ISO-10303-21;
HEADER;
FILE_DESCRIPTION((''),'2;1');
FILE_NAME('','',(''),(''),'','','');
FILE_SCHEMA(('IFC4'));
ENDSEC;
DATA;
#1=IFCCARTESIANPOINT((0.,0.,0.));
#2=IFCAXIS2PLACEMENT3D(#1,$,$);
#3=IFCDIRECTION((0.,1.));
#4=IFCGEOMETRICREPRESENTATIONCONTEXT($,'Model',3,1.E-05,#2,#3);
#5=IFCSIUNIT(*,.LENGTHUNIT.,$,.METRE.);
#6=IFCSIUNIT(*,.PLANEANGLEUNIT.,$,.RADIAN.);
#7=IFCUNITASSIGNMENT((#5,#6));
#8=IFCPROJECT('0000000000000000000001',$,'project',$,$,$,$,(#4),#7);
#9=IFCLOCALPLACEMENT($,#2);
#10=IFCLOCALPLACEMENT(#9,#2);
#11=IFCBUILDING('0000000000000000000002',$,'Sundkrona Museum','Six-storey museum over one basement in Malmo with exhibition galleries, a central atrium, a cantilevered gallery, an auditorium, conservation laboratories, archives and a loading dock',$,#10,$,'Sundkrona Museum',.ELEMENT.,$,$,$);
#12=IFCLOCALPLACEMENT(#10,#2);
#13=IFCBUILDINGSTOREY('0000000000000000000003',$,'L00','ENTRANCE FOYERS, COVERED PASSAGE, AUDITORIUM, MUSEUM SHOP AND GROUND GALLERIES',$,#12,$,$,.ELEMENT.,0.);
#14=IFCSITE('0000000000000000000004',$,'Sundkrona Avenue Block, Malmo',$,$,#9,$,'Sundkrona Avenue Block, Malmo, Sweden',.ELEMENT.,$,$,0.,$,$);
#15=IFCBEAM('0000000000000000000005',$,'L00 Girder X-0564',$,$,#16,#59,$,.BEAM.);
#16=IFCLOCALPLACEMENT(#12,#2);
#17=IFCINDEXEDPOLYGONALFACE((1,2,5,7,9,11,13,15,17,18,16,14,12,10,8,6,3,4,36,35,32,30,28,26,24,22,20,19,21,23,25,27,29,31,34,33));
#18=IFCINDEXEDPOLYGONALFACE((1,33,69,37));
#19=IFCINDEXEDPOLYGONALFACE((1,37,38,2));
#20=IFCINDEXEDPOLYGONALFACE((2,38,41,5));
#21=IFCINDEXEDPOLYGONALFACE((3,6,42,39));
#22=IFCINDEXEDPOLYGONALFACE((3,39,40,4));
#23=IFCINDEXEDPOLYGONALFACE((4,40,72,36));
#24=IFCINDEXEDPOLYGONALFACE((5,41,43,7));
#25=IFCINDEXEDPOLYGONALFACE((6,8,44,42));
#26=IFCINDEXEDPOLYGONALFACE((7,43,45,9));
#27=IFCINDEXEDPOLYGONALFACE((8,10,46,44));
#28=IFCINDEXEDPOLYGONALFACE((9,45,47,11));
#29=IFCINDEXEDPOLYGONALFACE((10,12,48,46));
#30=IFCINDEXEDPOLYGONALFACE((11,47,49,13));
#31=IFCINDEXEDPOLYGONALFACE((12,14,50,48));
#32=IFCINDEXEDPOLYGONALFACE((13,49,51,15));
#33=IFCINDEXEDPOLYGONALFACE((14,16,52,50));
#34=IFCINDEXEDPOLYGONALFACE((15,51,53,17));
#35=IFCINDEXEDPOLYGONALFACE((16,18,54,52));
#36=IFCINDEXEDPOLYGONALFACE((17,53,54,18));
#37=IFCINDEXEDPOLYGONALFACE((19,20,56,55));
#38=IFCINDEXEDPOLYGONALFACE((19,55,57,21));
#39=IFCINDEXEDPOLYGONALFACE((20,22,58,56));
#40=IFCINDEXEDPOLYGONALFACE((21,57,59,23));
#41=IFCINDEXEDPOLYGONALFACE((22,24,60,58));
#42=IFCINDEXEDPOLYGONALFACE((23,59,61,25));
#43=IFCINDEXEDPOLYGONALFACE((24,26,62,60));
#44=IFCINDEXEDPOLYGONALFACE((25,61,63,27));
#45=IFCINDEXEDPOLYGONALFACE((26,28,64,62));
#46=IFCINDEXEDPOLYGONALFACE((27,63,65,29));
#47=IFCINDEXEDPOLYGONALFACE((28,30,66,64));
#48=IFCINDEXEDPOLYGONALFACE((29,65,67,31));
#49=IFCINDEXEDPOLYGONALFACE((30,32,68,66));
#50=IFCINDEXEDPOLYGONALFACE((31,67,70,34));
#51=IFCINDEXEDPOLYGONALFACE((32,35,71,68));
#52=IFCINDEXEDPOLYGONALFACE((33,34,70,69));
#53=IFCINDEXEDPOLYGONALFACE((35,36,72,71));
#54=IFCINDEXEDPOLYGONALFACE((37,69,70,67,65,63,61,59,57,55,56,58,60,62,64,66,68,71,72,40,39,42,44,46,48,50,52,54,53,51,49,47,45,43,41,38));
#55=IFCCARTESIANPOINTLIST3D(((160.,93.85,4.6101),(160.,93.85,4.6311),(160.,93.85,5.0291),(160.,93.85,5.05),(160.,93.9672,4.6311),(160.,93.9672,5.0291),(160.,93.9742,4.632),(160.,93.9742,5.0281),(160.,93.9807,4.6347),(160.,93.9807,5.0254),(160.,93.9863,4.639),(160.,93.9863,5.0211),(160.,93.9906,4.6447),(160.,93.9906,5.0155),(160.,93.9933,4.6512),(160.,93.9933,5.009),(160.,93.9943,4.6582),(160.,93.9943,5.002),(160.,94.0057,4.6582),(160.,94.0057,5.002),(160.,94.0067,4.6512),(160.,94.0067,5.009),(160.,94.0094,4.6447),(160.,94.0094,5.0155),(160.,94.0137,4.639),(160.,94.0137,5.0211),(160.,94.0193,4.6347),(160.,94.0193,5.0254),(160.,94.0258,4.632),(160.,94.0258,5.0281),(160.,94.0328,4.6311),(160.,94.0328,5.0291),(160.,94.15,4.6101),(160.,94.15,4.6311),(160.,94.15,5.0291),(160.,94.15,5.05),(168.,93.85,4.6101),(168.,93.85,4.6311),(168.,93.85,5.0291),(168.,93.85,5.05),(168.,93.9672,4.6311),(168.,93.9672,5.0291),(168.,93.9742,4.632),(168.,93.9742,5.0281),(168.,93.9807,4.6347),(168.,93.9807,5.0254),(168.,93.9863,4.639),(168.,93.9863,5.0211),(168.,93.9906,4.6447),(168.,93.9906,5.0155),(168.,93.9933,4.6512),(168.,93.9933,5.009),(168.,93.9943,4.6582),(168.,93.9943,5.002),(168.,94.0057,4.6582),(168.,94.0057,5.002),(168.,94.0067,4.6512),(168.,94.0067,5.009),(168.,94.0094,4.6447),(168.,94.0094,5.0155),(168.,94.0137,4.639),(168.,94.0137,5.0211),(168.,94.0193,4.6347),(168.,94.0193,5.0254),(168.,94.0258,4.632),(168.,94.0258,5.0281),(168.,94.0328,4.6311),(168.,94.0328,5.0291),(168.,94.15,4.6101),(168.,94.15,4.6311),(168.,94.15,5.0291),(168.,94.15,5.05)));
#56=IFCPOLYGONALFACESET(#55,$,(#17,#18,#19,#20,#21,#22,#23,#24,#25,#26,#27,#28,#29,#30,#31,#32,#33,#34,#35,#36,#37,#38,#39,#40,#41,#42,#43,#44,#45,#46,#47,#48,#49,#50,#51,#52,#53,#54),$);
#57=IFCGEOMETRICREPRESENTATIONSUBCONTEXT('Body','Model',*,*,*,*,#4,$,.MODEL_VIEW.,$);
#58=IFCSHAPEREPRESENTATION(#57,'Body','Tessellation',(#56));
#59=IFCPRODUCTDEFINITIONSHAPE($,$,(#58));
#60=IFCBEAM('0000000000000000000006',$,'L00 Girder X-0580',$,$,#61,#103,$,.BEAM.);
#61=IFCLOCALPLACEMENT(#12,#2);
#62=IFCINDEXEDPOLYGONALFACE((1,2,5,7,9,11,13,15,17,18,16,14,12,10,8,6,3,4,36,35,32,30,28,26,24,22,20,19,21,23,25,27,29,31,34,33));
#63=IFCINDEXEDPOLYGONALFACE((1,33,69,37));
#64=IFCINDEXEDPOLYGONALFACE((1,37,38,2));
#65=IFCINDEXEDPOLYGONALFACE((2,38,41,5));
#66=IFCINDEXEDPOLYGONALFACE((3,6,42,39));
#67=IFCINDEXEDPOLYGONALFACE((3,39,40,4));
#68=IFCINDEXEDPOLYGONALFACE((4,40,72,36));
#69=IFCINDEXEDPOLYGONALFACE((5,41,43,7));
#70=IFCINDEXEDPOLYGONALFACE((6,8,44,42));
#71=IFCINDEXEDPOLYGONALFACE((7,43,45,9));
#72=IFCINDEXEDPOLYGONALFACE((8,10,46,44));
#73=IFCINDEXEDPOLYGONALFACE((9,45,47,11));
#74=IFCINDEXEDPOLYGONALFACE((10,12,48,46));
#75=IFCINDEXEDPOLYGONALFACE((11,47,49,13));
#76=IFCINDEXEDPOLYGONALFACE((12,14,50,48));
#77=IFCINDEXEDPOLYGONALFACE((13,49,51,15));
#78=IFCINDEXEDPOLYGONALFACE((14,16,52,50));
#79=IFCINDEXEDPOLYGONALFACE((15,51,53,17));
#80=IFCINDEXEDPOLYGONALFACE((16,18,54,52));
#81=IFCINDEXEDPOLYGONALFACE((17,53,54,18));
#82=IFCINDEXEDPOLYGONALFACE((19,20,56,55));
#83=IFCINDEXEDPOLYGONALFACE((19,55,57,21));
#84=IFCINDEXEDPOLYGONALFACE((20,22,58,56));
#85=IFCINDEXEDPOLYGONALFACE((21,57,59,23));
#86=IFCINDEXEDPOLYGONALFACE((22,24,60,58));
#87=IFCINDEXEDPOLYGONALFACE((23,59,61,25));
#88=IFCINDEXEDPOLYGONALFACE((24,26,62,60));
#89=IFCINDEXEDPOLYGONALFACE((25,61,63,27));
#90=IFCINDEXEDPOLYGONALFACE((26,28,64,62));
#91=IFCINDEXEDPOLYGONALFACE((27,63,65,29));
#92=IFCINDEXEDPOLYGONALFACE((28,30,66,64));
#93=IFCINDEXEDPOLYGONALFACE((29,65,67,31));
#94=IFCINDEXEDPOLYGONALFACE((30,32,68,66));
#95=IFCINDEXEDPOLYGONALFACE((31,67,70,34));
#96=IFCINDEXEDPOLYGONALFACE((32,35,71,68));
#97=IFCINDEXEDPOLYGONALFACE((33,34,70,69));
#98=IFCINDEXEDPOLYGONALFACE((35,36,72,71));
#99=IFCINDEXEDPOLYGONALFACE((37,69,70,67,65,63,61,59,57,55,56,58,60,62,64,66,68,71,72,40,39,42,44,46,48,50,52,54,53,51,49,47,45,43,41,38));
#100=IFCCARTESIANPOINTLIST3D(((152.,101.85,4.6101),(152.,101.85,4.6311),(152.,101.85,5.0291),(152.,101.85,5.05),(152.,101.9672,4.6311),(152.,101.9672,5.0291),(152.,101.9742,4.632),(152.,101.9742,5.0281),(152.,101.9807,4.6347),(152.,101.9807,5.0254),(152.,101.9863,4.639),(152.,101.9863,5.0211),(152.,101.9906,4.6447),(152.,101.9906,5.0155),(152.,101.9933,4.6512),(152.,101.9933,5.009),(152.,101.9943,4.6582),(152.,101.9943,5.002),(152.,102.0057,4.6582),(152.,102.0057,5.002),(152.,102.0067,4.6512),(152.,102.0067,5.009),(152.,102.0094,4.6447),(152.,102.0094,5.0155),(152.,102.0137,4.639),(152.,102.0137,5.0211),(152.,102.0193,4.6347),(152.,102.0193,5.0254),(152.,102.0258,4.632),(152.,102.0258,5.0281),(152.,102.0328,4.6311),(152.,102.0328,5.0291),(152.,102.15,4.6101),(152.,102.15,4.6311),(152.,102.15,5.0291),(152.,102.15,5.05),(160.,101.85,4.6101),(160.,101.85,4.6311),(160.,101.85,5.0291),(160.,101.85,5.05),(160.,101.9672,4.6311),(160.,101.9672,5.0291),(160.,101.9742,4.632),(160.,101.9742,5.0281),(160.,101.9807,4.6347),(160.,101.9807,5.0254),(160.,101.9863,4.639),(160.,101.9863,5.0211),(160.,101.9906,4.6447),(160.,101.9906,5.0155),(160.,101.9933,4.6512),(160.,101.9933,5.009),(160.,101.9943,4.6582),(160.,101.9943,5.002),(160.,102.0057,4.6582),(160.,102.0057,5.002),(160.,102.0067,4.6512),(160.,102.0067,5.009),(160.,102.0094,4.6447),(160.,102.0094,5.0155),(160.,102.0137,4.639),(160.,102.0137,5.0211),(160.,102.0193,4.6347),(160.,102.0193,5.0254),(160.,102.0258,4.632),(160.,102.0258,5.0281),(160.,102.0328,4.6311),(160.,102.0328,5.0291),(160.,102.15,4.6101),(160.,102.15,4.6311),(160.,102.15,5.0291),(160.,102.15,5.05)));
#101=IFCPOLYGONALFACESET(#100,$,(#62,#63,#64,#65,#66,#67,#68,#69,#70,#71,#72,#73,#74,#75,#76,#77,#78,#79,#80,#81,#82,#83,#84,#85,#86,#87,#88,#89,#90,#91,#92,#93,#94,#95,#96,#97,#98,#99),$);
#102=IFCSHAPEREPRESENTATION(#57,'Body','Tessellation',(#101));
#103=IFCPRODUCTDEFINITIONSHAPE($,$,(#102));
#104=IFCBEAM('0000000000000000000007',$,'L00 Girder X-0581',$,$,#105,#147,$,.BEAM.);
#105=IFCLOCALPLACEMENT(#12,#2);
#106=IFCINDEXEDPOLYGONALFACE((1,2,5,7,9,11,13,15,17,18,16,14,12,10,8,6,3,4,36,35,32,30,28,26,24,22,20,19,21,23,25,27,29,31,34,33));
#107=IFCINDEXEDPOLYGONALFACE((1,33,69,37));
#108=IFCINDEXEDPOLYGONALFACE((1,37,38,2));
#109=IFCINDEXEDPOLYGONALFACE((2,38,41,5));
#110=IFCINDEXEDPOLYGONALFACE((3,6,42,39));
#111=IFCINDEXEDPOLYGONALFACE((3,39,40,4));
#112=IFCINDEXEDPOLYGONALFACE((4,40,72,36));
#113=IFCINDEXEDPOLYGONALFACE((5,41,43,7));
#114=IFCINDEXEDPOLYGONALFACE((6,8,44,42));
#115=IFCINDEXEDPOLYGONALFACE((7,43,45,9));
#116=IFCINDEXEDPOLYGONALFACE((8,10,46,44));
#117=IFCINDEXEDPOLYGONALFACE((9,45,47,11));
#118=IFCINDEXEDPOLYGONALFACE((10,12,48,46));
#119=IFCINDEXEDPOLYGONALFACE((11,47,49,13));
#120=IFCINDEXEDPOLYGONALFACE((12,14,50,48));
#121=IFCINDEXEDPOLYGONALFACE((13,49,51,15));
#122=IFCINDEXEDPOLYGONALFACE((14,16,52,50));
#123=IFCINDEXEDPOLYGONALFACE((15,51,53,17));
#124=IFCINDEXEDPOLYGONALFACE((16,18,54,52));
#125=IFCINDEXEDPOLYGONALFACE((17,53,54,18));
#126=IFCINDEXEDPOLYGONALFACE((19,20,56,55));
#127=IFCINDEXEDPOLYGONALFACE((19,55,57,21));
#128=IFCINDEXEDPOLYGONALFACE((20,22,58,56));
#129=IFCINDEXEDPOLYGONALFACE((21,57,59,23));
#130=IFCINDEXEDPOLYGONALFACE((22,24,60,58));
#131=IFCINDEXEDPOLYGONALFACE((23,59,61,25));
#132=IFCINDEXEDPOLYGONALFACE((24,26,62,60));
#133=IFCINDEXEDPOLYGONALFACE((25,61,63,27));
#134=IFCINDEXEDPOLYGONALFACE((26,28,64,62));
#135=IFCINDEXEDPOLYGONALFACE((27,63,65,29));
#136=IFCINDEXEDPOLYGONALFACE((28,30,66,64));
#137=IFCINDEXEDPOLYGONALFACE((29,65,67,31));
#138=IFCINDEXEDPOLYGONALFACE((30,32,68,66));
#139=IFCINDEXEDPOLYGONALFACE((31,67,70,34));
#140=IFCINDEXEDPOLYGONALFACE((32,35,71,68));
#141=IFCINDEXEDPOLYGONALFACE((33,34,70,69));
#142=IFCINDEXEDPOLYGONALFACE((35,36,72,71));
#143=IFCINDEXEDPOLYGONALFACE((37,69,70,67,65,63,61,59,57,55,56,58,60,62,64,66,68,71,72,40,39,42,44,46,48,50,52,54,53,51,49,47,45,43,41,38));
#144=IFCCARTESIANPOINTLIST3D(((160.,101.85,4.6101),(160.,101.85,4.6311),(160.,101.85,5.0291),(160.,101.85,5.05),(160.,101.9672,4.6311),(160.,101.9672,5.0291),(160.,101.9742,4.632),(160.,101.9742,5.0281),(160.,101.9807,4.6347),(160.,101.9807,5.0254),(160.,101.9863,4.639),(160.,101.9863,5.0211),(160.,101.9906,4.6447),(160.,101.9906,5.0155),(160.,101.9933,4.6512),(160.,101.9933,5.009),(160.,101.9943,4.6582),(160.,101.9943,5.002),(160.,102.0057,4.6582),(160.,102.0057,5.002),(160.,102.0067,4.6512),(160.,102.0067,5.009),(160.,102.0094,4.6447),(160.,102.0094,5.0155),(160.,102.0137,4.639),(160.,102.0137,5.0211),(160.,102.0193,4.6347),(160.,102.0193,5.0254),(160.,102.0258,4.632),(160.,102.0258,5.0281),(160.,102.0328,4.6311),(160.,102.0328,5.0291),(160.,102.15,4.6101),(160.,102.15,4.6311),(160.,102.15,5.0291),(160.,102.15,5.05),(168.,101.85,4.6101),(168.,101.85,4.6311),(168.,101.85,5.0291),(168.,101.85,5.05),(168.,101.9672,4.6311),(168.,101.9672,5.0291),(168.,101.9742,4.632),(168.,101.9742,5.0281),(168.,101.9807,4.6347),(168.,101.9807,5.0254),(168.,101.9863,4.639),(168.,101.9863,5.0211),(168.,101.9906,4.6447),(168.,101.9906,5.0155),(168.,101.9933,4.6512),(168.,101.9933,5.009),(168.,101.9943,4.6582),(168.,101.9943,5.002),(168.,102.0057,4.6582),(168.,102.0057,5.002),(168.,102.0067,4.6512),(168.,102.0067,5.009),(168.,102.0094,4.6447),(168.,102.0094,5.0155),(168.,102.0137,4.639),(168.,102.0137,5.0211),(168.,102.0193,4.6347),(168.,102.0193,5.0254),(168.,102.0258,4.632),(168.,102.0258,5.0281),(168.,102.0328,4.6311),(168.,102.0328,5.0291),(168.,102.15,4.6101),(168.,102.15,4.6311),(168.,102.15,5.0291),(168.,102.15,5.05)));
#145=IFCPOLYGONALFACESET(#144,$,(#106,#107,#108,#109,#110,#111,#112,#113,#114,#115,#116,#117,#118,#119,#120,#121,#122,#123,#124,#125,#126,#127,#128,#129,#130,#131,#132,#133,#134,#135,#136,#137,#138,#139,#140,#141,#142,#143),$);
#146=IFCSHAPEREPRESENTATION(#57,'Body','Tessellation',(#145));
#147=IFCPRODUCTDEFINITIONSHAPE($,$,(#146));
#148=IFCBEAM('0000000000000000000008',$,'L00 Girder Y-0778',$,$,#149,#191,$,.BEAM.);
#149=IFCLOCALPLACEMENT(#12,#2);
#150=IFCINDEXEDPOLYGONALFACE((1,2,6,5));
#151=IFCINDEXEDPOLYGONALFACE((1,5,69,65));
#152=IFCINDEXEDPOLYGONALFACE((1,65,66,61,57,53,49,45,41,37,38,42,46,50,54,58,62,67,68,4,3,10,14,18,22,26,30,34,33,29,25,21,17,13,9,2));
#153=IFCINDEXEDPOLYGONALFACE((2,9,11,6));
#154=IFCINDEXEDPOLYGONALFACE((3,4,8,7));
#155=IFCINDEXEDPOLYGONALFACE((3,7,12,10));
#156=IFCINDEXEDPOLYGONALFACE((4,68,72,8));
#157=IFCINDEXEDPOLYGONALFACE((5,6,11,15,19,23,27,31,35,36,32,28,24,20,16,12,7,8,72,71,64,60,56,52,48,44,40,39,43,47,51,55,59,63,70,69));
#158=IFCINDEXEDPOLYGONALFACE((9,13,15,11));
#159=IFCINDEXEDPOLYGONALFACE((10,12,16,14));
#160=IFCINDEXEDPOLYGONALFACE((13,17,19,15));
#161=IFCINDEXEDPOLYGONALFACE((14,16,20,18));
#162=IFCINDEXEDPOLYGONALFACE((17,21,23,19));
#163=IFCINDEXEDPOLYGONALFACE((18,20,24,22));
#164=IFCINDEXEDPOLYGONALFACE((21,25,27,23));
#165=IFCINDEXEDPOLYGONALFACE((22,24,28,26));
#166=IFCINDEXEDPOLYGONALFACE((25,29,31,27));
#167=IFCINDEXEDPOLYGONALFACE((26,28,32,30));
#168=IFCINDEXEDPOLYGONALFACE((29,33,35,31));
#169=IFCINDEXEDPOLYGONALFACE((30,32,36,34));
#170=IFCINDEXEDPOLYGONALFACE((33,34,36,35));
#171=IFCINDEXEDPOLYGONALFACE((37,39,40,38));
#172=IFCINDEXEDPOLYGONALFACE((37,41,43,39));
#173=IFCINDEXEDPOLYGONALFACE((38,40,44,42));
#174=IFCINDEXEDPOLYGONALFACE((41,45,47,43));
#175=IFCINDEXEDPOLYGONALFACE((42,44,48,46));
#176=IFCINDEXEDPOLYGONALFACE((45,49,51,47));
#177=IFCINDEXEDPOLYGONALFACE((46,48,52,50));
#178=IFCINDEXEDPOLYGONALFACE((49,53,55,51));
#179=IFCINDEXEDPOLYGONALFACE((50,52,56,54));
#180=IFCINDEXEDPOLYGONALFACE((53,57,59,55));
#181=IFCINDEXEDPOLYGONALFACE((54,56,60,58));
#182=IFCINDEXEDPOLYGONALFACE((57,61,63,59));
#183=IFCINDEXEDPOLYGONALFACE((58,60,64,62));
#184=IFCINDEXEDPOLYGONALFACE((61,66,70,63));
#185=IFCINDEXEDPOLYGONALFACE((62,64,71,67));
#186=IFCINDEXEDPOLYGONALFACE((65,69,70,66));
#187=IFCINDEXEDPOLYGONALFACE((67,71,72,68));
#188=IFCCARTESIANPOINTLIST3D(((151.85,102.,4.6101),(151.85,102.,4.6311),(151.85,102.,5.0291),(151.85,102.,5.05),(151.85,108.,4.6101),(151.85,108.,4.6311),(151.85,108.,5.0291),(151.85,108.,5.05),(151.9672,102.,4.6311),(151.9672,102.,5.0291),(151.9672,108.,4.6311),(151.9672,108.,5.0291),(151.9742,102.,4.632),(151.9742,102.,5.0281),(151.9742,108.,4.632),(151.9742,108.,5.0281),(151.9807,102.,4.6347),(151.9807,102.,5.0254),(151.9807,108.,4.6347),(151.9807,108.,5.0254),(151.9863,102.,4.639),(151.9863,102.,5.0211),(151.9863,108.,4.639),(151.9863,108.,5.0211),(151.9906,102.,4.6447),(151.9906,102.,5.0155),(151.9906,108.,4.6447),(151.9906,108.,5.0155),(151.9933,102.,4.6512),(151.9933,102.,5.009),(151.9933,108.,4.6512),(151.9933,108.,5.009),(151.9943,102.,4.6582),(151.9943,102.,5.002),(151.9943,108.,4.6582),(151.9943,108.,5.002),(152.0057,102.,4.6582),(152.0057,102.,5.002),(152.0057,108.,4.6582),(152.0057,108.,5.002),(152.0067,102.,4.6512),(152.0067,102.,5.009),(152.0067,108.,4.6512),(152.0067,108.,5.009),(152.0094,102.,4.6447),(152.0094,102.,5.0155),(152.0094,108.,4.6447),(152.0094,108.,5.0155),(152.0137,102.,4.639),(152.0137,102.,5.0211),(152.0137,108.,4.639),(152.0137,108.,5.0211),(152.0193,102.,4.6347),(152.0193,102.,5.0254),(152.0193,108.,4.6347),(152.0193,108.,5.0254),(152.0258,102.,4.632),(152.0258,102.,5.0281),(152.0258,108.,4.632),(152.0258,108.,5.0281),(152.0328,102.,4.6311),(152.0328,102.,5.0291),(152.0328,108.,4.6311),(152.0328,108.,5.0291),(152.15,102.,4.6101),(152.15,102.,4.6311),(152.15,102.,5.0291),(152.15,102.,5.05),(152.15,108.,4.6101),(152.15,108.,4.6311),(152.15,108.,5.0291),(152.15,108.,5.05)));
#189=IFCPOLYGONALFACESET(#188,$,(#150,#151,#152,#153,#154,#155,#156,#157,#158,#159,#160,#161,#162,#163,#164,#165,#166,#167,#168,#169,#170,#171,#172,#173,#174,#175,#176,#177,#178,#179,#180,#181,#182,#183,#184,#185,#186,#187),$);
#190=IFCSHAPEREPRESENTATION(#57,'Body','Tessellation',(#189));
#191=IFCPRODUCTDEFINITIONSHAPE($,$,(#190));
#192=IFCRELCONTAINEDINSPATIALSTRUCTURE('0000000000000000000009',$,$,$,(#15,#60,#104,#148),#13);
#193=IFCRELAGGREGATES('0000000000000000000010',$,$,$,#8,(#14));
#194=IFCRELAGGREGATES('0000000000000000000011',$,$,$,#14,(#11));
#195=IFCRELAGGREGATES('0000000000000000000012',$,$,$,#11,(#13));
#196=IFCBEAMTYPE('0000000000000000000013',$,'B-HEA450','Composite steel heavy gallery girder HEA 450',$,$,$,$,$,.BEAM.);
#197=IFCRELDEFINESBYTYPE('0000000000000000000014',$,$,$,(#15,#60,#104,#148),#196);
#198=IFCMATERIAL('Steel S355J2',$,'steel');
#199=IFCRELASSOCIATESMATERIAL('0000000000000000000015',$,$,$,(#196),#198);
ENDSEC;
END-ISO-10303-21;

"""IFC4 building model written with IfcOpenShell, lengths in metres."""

from ifc_helpers import new_model, si_unit, direction, frame, origin, origin_2d, place, context, subcontext, project, spatial, i_section, extrude, material, material_profile, profile_set, type_object, element, save


model = new_model("IFC4")

# Units and contexts
model_context = context("Model", 3, precision=1e-05, world=origin(), true_north=direction((0.0, 1.0)))
body_context = subcontext(model_context, "Body", "Model", "MODEL_VIEW")
ifc_project = project(units=[si_unit("LENGTHUNIT", "METRE"), si_unit("PLANEANGLEUNIT", "RADIAN")], contexts=[model_context])

# Site, building, storey
site_placement = place(None, origin())
site = spatial("IfcSite", under=ifc_project, at=site_placement, Name="Sundkrona Avenue Block, Malmo", LongName="Sundkrona Avenue Block, Malmo, Sweden", CompositionType="ELEMENT", RefElevation=0.0)
building_placement = place(site_placement, origin())
building = spatial("IfcBuilding", under=site, at=building_placement, Name="Sundkrona Museum", Description="Six-storey museum over one basement in Malmo with exhibition galleries, a central atrium, a cantilevered gallery, an auditorium, conservation laboratories, archives and a loading dock", LongName="Sundkrona Museum", CompositionType="ELEMENT")
storey_placement = place(building_placement, origin())
storey = spatial("IfcBuildingStorey", under=building, at=storey_placement, Name="L00", Description="ENTRANCE FOYERS, COVERED PASSAGE, AUDITORIUM, MUSEUM SHOP AND GROUND GALLERIES", CompositionType="ELEMENT", Elevation=0.0)

# Shared definitions
ifc_material_1 = material(Name="Steel S355J2", Category="steel")

# Beams
ifc_material_profile_1 = material_profile(ifc_material_1, i_section(OverallWidth=0.3, OverallDepth=0.4399, WebThickness=0.0115, FlangeThickness=0.021, FilletRadius=0.0271, at=origin_2d()), Name="HEA 450")
ifc_profile_set_1 = profile_set([ifc_material_profile_1], Name="Steel S355J2")
beam_type_1 = type_object("IfcBeamType", Name="B-HEA450", Description="Composite steel heavy gallery girder HEA 450", PredefinedType="BEAM", material=ifc_profile_set_1)
for number, where, z_axis, x_axis, name in (
    (1, (160.0, 94.0, 4.8301), (1.0, 0.0, 0.0), (0.0, 1.0, 0.0), "L00 Girder X-0564"),
    (2, (152.0, 102.0, 4.8301), (1.0, 0.0, 0.0), (0.0, 1.0, 0.0), "L00 Girder X-0580"),
    (3, (160.0, 102.0, 4.8301), (1.0, 0.0, 0.0), (0.0, 1.0, 0.0), "L00 Girder X-0581"),
):
    element("IfcBeam", number, at=place(storey_placement, frame(where, z_axis=z_axis, x_axis=x_axis)), inside=storey, type_object=beam_type_1, Name=name, PredefinedType="BEAM", context=body_context, shape_type="SweptSolid", body=[
        extrude(i_section(OverallWidth=0.3, OverallDepth=0.4399, WebThickness=0.0115, FlangeThickness=0.021, FilletRadius=0.0271, at=origin_2d()), origin(), (0.0, 0.0, 1.0), 8.0),
    ])
beam_1_placement = place(storey_placement, frame((152.0, 102.0, 4.8301), z_axis=(0.0, 1.0, 0.0), x_axis=(-1.0, 0.0, 0.0)))
element("IfcBeam", 4, at=beam_1_placement, inside=storey, type_object=beam_type_1, Name="L00 Girder Y-0778", PredefinedType="BEAM", context=body_context, shape_type="SweptSolid", body=[
    extrude(i_section(OverallWidth=0.3, OverallDepth=0.4399, WebThickness=0.0115, FlangeThickness=0.021, FilletRadius=0.0271, at=origin_2d()), origin(), (0.0, 0.0, 1.0), 6.0),
])

save(model, "model.ifc")
